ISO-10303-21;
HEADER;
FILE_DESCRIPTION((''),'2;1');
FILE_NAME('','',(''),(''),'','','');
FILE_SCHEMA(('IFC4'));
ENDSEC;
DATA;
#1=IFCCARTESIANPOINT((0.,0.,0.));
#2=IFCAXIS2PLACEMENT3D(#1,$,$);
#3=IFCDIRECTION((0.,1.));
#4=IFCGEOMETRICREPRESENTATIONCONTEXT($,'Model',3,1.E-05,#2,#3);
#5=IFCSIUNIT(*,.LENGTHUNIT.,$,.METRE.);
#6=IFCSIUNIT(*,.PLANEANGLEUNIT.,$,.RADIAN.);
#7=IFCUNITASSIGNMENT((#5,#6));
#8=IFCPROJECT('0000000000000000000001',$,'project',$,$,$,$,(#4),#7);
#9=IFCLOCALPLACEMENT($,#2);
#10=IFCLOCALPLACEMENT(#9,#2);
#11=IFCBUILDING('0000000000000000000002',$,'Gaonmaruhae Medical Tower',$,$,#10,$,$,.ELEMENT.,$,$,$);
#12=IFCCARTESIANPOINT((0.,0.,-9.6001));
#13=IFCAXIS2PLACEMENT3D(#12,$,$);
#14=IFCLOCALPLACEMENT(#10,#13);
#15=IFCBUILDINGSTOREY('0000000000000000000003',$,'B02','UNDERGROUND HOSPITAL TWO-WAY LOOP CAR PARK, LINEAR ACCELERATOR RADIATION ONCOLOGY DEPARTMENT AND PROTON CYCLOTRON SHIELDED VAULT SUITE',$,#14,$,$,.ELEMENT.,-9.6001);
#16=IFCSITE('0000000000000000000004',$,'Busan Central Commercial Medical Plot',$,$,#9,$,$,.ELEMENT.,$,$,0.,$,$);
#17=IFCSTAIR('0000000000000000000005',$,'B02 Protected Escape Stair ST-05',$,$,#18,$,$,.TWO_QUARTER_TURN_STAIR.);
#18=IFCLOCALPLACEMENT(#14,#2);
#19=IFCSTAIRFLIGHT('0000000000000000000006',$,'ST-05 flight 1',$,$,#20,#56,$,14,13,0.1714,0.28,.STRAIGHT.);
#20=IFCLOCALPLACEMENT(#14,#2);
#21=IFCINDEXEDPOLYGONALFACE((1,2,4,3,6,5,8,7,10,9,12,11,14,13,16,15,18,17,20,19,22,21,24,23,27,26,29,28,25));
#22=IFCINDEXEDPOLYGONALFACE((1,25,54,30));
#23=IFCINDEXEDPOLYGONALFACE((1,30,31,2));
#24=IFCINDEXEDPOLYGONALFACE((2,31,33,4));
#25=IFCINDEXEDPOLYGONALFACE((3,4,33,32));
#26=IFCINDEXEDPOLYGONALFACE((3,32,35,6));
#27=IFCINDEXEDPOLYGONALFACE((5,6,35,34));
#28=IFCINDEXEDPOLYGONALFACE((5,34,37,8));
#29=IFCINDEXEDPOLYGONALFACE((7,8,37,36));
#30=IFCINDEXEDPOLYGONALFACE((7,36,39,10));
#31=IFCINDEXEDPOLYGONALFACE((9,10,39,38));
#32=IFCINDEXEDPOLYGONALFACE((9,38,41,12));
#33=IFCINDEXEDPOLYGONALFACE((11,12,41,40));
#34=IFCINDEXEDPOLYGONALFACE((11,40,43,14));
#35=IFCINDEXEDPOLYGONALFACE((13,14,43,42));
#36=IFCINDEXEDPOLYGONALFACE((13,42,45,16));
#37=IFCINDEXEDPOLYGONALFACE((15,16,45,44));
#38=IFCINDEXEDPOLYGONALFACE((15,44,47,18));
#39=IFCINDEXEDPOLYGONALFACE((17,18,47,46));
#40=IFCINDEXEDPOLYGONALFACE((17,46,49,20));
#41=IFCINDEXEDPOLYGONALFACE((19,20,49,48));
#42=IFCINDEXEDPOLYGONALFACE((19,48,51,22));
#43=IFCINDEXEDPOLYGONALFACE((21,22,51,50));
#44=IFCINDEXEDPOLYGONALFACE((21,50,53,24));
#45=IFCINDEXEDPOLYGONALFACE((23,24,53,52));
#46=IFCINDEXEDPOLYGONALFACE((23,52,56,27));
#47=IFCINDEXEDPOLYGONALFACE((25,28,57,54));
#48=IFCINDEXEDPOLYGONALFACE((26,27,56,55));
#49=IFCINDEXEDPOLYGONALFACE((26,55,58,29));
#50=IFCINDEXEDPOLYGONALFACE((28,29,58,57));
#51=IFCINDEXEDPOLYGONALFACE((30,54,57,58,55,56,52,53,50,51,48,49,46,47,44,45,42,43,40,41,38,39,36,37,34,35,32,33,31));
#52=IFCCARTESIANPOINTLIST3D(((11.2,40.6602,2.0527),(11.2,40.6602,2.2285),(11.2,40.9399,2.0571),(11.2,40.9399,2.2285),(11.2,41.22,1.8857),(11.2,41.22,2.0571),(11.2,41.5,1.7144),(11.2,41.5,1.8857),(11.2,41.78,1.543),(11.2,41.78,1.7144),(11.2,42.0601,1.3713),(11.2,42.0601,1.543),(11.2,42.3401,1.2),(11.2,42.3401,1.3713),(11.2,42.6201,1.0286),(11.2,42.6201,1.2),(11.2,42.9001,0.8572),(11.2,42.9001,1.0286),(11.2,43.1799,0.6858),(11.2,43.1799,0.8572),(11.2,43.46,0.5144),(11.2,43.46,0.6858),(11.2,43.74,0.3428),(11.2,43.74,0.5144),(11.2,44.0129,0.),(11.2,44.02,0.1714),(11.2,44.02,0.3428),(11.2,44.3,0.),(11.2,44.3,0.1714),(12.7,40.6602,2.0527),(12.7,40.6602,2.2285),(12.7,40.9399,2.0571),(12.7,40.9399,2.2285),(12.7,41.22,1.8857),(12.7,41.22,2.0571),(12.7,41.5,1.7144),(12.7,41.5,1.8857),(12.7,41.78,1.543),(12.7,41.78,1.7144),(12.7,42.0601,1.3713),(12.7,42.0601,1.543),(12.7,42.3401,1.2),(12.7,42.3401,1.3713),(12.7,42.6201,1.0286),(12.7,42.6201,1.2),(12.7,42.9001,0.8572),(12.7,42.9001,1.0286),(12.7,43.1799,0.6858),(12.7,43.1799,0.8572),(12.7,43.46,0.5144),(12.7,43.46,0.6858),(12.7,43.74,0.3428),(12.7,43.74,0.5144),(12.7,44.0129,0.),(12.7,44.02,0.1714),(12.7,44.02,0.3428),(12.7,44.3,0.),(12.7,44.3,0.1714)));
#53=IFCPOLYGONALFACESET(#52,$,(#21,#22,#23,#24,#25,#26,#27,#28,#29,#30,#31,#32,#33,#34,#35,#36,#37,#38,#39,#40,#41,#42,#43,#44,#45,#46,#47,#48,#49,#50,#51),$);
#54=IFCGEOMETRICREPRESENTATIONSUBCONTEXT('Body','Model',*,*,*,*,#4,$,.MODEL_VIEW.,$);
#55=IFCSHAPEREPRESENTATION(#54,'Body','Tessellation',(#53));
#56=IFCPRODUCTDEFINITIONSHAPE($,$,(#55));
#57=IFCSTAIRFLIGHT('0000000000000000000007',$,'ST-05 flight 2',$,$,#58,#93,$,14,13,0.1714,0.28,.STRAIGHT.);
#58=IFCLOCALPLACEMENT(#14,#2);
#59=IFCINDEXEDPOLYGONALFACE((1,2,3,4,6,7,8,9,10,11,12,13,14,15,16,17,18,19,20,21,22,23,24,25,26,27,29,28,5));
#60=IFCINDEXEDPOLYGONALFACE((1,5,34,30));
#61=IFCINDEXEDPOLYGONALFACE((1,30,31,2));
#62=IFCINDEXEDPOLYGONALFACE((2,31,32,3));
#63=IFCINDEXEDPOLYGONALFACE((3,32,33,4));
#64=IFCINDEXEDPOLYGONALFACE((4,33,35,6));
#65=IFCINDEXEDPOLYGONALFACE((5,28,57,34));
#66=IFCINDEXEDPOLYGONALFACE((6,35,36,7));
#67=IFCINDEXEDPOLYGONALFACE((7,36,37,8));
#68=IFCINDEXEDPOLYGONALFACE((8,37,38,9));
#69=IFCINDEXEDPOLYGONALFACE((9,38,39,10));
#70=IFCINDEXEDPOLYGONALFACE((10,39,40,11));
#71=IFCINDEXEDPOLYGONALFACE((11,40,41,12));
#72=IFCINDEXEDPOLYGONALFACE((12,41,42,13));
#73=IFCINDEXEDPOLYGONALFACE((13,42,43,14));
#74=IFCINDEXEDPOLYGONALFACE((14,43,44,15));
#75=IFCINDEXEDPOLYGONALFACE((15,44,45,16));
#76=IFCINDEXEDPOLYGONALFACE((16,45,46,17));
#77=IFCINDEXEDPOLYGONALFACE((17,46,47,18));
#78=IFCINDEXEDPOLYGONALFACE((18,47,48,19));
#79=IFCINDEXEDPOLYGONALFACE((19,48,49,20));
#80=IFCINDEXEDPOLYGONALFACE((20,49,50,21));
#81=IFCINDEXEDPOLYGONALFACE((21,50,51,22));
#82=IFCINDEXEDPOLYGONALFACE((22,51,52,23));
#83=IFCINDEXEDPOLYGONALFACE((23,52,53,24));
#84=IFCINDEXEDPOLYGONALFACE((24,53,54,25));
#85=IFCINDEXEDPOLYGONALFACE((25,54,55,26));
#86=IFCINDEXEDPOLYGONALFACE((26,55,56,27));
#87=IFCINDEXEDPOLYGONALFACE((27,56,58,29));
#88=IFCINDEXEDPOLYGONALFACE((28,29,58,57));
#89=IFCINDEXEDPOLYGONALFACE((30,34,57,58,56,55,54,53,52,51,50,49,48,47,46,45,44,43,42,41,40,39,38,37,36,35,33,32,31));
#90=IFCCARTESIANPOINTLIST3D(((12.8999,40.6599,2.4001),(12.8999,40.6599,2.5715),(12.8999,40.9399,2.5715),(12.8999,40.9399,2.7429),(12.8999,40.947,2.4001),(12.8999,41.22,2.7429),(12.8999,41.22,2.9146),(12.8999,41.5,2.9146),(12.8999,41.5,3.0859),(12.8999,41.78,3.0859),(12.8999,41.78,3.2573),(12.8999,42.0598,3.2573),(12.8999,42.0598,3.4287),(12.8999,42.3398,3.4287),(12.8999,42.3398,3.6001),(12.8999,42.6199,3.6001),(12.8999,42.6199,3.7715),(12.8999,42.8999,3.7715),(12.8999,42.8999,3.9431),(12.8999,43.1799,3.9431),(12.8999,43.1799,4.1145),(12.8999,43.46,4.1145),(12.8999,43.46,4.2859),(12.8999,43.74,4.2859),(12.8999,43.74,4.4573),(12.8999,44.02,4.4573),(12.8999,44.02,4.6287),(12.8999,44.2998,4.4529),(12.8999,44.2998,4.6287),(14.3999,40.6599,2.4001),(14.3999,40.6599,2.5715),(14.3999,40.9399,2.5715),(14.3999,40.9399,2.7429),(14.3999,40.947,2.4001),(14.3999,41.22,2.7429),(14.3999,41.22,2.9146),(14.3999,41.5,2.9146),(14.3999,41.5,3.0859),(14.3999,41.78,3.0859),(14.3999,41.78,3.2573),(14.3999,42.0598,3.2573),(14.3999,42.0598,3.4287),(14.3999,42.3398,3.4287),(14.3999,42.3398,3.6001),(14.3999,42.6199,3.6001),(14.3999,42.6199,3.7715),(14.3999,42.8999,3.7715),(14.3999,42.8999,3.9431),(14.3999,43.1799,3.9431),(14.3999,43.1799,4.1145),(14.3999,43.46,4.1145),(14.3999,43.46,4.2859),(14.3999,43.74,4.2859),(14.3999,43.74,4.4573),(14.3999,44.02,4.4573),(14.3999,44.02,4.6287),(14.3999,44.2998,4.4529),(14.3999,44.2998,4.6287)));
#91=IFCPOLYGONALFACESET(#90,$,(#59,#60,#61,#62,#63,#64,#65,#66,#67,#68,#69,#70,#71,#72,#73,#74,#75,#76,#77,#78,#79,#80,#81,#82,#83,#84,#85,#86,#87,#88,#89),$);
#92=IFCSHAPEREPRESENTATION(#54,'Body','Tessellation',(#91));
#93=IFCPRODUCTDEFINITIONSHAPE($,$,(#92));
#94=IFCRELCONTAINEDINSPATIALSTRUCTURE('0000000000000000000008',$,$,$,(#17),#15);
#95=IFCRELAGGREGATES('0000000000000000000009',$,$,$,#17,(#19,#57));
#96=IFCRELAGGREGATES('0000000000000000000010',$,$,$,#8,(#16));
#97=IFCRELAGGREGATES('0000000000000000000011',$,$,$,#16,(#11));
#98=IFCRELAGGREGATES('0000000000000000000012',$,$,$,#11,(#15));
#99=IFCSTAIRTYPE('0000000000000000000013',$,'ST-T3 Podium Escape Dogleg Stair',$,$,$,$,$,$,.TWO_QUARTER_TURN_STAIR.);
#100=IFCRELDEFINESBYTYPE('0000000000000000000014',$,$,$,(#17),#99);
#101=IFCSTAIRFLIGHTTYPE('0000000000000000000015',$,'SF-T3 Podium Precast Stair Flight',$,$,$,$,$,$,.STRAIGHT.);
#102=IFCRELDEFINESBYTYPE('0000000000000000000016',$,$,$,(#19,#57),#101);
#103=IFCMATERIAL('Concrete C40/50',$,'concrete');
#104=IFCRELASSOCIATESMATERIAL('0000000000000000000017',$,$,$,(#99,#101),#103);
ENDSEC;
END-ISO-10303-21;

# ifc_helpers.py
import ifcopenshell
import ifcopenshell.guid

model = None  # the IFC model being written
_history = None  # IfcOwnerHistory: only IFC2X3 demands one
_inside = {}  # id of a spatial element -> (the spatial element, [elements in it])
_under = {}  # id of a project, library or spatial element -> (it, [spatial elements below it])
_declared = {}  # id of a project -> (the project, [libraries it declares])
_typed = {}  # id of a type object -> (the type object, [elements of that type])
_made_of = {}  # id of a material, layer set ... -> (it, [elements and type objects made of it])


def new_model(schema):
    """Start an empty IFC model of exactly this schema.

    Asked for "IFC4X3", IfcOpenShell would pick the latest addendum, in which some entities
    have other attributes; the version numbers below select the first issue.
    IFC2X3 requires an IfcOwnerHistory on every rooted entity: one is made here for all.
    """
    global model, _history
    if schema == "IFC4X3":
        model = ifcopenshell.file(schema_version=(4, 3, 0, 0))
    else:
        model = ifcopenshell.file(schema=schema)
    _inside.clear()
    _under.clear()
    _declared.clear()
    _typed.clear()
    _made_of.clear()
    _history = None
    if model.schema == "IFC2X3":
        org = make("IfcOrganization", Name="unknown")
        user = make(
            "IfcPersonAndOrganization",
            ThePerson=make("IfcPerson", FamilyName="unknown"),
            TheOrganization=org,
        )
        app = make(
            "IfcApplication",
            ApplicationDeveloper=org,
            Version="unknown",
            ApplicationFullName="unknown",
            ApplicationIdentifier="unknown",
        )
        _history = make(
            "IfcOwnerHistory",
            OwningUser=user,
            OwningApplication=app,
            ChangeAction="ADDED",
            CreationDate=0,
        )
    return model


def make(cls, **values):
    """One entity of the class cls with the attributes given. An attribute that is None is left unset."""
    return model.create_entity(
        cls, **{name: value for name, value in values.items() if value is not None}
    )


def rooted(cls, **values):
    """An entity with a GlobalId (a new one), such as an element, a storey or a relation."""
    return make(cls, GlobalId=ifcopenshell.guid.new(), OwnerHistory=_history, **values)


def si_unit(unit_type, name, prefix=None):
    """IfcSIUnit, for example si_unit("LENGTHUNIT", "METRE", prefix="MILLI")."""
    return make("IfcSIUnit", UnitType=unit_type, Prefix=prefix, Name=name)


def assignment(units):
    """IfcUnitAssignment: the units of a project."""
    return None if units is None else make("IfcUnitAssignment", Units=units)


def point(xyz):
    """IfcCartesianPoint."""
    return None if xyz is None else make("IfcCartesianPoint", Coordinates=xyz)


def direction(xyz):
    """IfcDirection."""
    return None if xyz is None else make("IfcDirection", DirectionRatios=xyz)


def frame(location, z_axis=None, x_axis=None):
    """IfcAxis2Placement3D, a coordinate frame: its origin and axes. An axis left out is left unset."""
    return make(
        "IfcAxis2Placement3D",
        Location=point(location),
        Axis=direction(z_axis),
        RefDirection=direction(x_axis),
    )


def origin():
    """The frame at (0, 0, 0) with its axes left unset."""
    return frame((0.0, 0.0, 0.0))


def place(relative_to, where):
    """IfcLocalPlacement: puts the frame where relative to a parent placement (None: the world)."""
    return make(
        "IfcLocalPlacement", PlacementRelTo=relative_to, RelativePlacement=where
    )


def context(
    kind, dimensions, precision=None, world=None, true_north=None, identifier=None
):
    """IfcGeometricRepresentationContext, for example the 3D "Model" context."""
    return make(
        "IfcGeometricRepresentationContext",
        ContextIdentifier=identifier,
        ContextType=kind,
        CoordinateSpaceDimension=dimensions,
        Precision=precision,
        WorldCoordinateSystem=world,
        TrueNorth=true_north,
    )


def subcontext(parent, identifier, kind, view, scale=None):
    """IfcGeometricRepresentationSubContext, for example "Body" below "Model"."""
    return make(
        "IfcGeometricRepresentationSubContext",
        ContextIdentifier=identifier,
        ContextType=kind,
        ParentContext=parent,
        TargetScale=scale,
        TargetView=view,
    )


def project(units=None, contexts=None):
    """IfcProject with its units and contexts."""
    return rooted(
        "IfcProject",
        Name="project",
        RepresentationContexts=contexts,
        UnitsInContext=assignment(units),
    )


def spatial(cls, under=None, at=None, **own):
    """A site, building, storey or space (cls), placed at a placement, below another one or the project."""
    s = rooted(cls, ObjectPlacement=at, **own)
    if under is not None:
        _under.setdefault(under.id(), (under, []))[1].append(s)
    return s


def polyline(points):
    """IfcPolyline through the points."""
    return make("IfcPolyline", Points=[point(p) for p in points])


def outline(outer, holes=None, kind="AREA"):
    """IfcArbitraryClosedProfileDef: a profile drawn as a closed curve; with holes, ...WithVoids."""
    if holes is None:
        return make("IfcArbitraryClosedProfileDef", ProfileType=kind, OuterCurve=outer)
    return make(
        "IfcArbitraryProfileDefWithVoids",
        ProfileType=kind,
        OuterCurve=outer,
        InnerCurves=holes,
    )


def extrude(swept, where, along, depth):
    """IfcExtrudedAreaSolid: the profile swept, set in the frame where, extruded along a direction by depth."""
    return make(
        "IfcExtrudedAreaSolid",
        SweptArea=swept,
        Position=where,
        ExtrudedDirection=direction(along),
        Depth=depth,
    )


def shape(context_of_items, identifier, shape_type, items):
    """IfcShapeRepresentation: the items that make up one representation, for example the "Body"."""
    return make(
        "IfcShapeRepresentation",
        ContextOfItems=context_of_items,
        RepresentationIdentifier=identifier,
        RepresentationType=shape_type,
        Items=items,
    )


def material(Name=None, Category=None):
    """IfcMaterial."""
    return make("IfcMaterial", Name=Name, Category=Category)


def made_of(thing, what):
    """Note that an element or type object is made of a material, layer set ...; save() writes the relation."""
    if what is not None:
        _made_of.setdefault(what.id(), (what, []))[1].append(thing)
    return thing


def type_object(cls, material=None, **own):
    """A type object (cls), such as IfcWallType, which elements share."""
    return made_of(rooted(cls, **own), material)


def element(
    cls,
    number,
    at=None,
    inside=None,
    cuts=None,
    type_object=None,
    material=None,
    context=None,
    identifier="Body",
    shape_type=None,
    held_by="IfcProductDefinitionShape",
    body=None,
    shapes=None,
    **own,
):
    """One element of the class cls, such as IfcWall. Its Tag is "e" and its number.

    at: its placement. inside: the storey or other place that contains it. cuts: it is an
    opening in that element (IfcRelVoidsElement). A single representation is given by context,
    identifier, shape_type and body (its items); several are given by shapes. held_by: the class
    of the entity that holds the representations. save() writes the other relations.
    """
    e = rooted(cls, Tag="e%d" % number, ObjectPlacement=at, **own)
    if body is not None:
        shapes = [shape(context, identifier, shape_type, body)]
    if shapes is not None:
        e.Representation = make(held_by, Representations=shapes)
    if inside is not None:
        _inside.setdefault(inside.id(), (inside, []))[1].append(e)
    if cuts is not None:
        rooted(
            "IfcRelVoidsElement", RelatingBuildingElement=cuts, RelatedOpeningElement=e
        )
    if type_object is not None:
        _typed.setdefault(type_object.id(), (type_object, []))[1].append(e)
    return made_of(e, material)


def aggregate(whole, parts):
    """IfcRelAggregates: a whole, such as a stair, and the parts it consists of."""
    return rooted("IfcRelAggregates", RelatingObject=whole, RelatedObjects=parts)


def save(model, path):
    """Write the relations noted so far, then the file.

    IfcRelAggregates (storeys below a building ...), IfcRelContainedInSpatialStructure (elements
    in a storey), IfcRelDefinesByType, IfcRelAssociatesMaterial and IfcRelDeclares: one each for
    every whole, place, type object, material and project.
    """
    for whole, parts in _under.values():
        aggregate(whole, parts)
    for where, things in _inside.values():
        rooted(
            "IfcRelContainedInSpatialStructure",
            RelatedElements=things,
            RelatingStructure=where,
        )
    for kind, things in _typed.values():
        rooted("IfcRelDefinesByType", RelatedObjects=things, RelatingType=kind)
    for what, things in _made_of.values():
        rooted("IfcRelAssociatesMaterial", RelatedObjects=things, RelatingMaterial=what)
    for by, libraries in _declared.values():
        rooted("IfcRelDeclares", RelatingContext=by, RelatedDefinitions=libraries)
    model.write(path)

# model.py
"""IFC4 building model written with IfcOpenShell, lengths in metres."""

from ifc_helpers import new_model, si_unit, direction, frame, origin, place, context, subcontext, project, spatial, polyline, outline, extrude, material, type_object, element, aggregate, save


model = new_model("IFC4")

# Units and contexts
model_context = context("Model", 3, precision=1e-05, world=origin(), true_north=direction((0.0, 1.0)))
body_context = subcontext(model_context, "Body", "Model", "MODEL_VIEW")
ifc_project = project(units=[si_unit("LENGTHUNIT", "METRE"), si_unit("PLANEANGLEUNIT", "RADIAN")], contexts=[model_context])

# Site, building, storey
site_placement = place(None, origin())
site = spatial("IfcSite", under=ifc_project, at=site_placement, Name="Busan Central Commercial Medical Plot", CompositionType="ELEMENT", RefElevation=0.0)
building_placement = place(site_placement, origin())
building = spatial("IfcBuilding", under=site, at=building_placement, Name="Gaonmaruhae Medical Tower", CompositionType="ELEMENT")
storey_placement = place(building_placement, frame((0.0, 0.0, -9.6001)))
storey = spatial("IfcBuildingStorey", under=building, at=storey_placement, Name="B02", Description="UNDERGROUND HOSPITAL TWO-WAY LOOP CAR PARK, LINEAR ACCELERATOR RADIATION ONCOLOGY DEPARTMENT AND PROTON CYCLOTRON SHIELDED VAULT SUITE", CompositionType="ELEMENT", Elevation=-9.6001)

# Stair, stair flights
ifc_material_1 = material(Name="Concrete C40/50", Category="concrete")
stair_type = type_object("IfcStairType", Name="ST-T3 Podium Escape Dogleg Stair", PredefinedType="TWO_QUARTER_TURN_STAIR", material=ifc_material_1)
stair_placement = place(storey_placement, origin())
stair = element("IfcStair", 1, at=stair_placement, inside=storey, type_object=stair_type, Name="B02 Protected Escape Stair ST-05", PredefinedType="TWO_QUARTER_TURN_STAIR")
stair_flight_type = type_object("IfcStairFlightType", Name="SF-T3 Podium Precast Stair Flight", PredefinedType="STRAIGHT", material=ifc_material_1)
stair_flight_1_placement = place(storey_placement, frame((11.95, 44.3, 0.0), z_axis=(0.0, 0.0, 1.0), x_axis=(0.0, -1.0, 0.0)))
stair_flight_1 = element("IfcStairFlight", 2, at=stair_flight_1_placement, type_object=stair_flight_type, Name="ST-05 flight 1", NumberOfRisers=14, NumberOfTreads=13, PredefinedType="STRAIGHT", RiserHeight=0.1714, TreadLength=0.28, context=body_context, shape_type="SweptSolid", body=[
    extrude(outline(polyline([(0.0, 0.0), (0.0, 0.1714), (0.28, 0.1714), (0.28, 0.3428), (0.5601, 0.3428), (0.5601, 0.5144), (0.8401, 0.5144), (0.8401, 0.6858), (1.1201, 0.6858), (1.1201, 0.8572), (1.3999, 0.8572), (1.3999, 1.0286), (1.6799, 1.0286), (1.6799, 1.2), (1.96, 1.2), (1.96, 1.3713), (2.24, 1.3713), (2.24, 1.543), (2.52, 1.543), (2.52, 1.7144), (2.8, 1.7144), (2.8, 1.8857), (3.0801, 1.8857), (3.0801, 2.0571), (3.3601, 2.0571), (3.3601, 2.2285), (3.6399, 2.2285), (3.6399, 2.3999), (3.6399, 2.0527), (0.2871, 0.0), (0.0, 0.0)])), frame((0.0, 0.75, 0.0), z_axis=(0.0, -1.0, 0.0), x_axis=(1.0, 0.0, 0.0)), (0.0, 0.0, 1.0), 1.5),
])
stair_flight_2_placement = place(storey_placement, frame((13.6499, 40.6599, 2.4001), z_axis=(0.0, 0.0, 1.0), x_axis=(0.0, 1.0, 0.0)))
stair_flight_2 = element("IfcStairFlight", 3, at=stair_flight_2_placement, type_object=stair_flight_type, Name="ST-05 flight 2", NumberOfRisers=14, NumberOfTreads=13, PredefinedType="STRAIGHT", RiserHeight=0.1714, TreadLength=0.28, context=body_context, shape_type="SweptSolid", body=[
    extrude(outline(polyline([(0.0, 0.0), (0.0, 0.1714), (0.28, 0.1714), (0.28, 0.3428), (0.5601, 0.3428), (0.5601, 0.5144), (0.8401, 0.5144), (0.8401, 0.6858), (1.1201, 0.6858), (1.1201, 0.8572), (1.3999, 0.8572), (1.3999, 1.0286), (1.6799, 1.0286), (1.6799, 1.2), (1.96, 1.2), (1.96, 1.3713), (2.24, 1.3713), (2.24, 1.543), (2.52, 1.543), (2.52, 1.7144), (2.8, 1.7144), (2.8, 1.8857), (3.0801, 1.8857), (3.0801, 2.0571), (3.3601, 2.0571), (3.3601, 2.2285), (3.6399, 2.2285), (3.6399, 2.3999), (3.6399, 2.0527), (0.2871, 0.0), (0.0, 0.0)])), frame((0.0, 0.75, 0.0), z_axis=(0.0, -1.0, 0.0), x_axis=(1.0, 0.0, 0.0)), (0.0, 0.0, 1.0), 1.5),
])
aggregate(stair, [stair_flight_1, stair_flight_2])

save(model, "model.ifc")
